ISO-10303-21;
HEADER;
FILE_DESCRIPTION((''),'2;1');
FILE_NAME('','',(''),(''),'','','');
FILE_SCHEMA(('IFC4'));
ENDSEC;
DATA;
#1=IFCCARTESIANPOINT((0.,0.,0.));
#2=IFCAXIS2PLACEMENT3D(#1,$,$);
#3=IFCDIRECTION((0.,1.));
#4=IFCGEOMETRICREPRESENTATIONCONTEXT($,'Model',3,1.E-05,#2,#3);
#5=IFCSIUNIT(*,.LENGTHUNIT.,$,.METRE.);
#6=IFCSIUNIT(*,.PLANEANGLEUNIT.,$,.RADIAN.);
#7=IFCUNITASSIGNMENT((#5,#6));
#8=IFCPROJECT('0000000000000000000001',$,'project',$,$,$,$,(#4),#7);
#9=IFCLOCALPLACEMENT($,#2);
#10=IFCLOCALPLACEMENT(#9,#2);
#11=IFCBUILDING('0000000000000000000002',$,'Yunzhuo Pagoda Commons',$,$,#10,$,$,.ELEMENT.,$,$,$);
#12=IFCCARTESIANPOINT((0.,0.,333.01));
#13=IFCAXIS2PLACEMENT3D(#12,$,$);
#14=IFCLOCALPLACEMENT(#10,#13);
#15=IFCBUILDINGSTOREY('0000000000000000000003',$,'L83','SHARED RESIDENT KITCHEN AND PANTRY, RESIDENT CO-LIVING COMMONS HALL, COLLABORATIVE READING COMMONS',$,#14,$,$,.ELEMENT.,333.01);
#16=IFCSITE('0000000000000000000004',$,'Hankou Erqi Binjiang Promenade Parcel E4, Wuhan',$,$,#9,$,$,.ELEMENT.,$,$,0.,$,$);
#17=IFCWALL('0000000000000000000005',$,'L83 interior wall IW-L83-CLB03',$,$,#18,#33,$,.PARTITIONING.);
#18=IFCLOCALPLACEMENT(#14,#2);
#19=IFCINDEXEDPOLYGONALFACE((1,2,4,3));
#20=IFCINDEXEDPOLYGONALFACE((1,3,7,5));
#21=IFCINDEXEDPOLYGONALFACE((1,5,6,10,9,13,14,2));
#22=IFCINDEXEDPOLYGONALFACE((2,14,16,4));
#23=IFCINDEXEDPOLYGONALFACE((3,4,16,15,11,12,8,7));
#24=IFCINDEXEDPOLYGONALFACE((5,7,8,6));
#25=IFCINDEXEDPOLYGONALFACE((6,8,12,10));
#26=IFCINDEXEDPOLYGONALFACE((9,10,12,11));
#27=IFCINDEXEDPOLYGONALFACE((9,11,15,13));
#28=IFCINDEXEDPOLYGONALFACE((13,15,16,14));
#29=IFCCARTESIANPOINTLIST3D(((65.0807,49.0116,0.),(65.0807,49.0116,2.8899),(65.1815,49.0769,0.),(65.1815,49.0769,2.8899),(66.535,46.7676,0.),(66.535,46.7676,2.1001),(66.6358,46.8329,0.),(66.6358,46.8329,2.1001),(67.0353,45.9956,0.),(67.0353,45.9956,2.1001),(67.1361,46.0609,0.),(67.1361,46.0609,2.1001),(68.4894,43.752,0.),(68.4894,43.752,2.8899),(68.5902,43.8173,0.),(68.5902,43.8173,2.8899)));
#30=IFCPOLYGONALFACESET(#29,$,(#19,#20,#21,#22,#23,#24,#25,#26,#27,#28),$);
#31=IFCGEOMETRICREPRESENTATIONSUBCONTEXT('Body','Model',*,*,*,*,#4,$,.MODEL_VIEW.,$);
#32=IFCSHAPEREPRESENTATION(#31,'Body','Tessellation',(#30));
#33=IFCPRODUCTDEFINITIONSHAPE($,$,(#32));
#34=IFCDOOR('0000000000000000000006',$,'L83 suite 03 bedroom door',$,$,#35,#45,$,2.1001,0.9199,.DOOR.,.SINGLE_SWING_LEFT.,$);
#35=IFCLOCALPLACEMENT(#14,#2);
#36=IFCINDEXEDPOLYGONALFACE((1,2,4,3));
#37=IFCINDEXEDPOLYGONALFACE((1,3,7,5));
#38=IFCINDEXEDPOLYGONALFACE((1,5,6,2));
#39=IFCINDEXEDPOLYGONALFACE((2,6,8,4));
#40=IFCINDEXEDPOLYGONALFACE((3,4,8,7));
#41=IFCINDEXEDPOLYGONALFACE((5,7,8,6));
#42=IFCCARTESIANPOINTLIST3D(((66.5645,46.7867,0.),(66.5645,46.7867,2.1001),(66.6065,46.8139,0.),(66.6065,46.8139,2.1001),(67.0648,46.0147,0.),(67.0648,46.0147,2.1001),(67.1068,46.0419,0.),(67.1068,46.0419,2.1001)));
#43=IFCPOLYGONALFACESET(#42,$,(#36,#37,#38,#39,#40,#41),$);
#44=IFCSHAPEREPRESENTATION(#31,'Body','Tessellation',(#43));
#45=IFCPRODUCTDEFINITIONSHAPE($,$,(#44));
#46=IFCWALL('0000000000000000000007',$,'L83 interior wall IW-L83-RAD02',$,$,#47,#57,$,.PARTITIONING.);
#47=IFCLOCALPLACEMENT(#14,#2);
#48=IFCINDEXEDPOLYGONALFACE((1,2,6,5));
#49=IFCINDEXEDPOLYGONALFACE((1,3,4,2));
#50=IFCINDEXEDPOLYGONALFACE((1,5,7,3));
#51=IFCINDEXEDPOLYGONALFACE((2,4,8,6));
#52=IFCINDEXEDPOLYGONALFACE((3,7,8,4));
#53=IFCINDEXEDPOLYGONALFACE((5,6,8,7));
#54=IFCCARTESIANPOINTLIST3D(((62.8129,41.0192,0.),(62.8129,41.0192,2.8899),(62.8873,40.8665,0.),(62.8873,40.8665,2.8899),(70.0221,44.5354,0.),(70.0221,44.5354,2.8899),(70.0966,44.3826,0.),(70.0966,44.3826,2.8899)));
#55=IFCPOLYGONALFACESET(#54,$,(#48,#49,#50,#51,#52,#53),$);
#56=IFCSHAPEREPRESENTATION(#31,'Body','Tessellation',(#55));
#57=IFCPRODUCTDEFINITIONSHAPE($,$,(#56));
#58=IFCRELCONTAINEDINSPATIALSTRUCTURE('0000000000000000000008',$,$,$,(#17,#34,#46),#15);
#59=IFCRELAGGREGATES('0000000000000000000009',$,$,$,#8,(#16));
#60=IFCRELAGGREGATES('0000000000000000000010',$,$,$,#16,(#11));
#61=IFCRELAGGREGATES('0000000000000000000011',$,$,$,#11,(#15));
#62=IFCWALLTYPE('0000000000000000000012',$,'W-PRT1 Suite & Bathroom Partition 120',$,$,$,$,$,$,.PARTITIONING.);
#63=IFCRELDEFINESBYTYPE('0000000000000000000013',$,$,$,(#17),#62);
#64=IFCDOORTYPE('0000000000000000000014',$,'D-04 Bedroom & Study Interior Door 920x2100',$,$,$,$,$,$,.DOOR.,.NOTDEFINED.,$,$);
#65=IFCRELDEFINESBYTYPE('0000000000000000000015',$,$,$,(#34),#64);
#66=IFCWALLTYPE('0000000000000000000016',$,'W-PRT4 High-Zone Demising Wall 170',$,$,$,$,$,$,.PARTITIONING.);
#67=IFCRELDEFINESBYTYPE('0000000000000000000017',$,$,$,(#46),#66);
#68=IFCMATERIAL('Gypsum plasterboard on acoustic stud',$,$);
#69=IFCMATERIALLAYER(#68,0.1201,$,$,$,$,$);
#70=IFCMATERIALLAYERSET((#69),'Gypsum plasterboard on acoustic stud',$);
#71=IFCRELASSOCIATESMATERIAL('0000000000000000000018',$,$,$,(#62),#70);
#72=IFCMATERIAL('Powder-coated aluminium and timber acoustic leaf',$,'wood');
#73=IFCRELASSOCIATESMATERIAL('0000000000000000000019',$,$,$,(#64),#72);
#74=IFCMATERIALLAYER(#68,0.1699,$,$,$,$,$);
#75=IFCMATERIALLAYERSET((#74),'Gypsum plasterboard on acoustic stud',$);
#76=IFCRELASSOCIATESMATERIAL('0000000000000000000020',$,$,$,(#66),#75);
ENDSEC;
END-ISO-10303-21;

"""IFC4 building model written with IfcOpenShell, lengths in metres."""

from ifc_helpers import new_model, si_unit, direction, frame, frame_2d, origin, origin_with_axes, place, context, subcontext, project, spatial, rectangle, extrude, source, transform, mapped, material, layer, layer_set, type_object, element, fill, save


model = new_model("IFC4")

# Units and contexts
model_context = context("Model", 3, precision=1e-05, world=origin(), true_north=direction((0.0, 1.0)))
body_context = subcontext(model_context, "Body", "Model", "MODEL_VIEW")
ifc_project = project(units=[si_unit("LENGTHUNIT", "METRE"), si_unit("PLANEANGLEUNIT", "RADIAN")], contexts=[model_context])

# Site, building, storey
site_placement = place(None, origin())
site = spatial("IfcSite", under=ifc_project, at=site_placement, Name="Hankou Erqi Binjiang Promenade Parcel E4, Wuhan", CompositionType="ELEMENT", RefElevation=0.0)
building_placement = place(site_placement, origin())
building = spatial("IfcBuilding", under=site, at=building_placement, Name="Yunzhuo Pagoda Commons", CompositionType="ELEMENT")
storey_placement = place(building_placement, frame((0.0, 0.0, 333.01)))
storey = spatial("IfcBuildingStorey", under=building, at=storey_placement, Name="L83", Description="SHARED RESIDENT KITCHEN AND PANTRY, RESIDENT CO-LIVING COMMONS HALL, COLLABORATIVE READING COMMONS", CompositionType="ELEMENT", Elevation=333.01)

# Shared definitions
ifc_material_1 = material(Name="Gypsum plasterboard on acoustic stud")

# Shared definitions
ifc_material_2 = material(Name="Powder-coated aluminium and timber acoustic leaf", Category="wood")

# Shared definitions
ifc_layer_1 = layer(ifc_material_1, 0.1201)
ifc_layer_set_1 = layer_set([ifc_layer_1], Name="Gypsum plasterboard on acoustic stud")
wall_type_1 = type_object("IfcWallType", Name="W-PRT1 Suite & Bathroom Partition 120", PredefinedType="PARTITIONING", material=ifc_layer_set_1)

# Wall, opening, door
wall_1_placement = place(storey_placement, frame((68.5398, 43.7847, 0.0), z_axis=(0.0, 0.0, 1.0), x_axis=(-0.543866, 0.839172, 0.0)))
wall_1 = element("IfcWall", 1, at=wall_1_placement, inside=storey, type_object=wall_type_1, Name="L83 interior wall IW-L83-CLB03", PredefinedType="PARTITIONING", context=body_context, shape_type="SweptSolid", body=[
    extrude(rectangle(XDim=6.2676, YDim=0.1201, at=frame_2d((3.1338, 0.0))), origin(), (0.0, 0.0, 1.0), 2.8899),
])
opening_1_placement = place(wall_1_placement, frame((2.6736, 0.0, 0.0)))
opening_1 = element("IfcOpeningElement", 2, at=opening_1_placement, cuts=wall_1, PredefinedType="OPENING", context=body_context, shape_type="SweptSolid", body=[
    extrude(rectangle(XDim=0.9199, YDim=2.1001, at=frame_2d((0.46, 1.05))), frame((0.0, 0.0701, 0.0), z_axis=(0.0, -1.0, 0.0), x_axis=(1.0, 0.0, 0.0)), (0.0, 0.0, 1.0), 0.1401),
])
door_type_1 = type_object("IfcDoorType", Name="D-04 Bedroom & Study Interior Door 920x2100", OperationType="NOTDEFINED", PredefinedType="DOOR", material=ifc_material_2)
shared_shape_1 = source(origin(), body_context, "Body", "SweptSolid", [
    extrude(rectangle(XDim=0.9199, YDim=2.1001, at=frame_2d((0.46, 1.05))), frame((0.0, 0.0249, 0.0), z_axis=(0.0, -1.0, 0.0), x_axis=(1.0, 0.0, 0.0)), (0.0, 0.0, 1.0), 0.05),
])
door_1_placement = place(opening_1_placement, origin_with_axes())
door_1 = element("IfcDoor", 3, at=door_1_placement, inside=storey, type_object=door_type_1, Name="L83 suite 03 bedroom door", OperationType="SINGLE_SWING_LEFT", OverallHeight=2.1001, OverallWidth=0.9199, PredefinedType="DOOR", context=body_context, shape_type="MappedRepresentation", body=[
    mapped(shared_shape_1, transform((0.0, 0.0, 0.0), scale=1.0)),
])
fill(opening_1, door_1)

# Wall
ifc_layer_2 = layer(ifc_material_1, 0.1699)
ifc_layer_set_2 = layer_set([ifc_layer_2], Name="Gypsum plasterboard on acoustic stud")
wall_type_2 = type_object("IfcWallType", Name="W-PRT4 High-Zone Demising Wall 170", PredefinedType="PARTITIONING", material=ifc_layer_set_2)
wall_2_placement = place(storey_placement, frame((62.8501, 40.9429, 0.0), z_axis=(0.0, 0.0, 1.0), x_axis=(0.898797, 0.438365, 0.0)))
element("IfcWall", 4, at=wall_2_placement, inside=storey, type_object=wall_type_2, Name="L83 interior wall IW-L83-RAD02", PredefinedType="PARTITIONING", context=body_context, shape_type="SweptSolid", body=[
    extrude(rectangle(XDim=8.021, YDim=0.1699, at=frame_2d((4.0105, 0.0))), origin(), (0.0, 0.0, 1.0), 2.8899),
])

save(model, "model.ifc")
